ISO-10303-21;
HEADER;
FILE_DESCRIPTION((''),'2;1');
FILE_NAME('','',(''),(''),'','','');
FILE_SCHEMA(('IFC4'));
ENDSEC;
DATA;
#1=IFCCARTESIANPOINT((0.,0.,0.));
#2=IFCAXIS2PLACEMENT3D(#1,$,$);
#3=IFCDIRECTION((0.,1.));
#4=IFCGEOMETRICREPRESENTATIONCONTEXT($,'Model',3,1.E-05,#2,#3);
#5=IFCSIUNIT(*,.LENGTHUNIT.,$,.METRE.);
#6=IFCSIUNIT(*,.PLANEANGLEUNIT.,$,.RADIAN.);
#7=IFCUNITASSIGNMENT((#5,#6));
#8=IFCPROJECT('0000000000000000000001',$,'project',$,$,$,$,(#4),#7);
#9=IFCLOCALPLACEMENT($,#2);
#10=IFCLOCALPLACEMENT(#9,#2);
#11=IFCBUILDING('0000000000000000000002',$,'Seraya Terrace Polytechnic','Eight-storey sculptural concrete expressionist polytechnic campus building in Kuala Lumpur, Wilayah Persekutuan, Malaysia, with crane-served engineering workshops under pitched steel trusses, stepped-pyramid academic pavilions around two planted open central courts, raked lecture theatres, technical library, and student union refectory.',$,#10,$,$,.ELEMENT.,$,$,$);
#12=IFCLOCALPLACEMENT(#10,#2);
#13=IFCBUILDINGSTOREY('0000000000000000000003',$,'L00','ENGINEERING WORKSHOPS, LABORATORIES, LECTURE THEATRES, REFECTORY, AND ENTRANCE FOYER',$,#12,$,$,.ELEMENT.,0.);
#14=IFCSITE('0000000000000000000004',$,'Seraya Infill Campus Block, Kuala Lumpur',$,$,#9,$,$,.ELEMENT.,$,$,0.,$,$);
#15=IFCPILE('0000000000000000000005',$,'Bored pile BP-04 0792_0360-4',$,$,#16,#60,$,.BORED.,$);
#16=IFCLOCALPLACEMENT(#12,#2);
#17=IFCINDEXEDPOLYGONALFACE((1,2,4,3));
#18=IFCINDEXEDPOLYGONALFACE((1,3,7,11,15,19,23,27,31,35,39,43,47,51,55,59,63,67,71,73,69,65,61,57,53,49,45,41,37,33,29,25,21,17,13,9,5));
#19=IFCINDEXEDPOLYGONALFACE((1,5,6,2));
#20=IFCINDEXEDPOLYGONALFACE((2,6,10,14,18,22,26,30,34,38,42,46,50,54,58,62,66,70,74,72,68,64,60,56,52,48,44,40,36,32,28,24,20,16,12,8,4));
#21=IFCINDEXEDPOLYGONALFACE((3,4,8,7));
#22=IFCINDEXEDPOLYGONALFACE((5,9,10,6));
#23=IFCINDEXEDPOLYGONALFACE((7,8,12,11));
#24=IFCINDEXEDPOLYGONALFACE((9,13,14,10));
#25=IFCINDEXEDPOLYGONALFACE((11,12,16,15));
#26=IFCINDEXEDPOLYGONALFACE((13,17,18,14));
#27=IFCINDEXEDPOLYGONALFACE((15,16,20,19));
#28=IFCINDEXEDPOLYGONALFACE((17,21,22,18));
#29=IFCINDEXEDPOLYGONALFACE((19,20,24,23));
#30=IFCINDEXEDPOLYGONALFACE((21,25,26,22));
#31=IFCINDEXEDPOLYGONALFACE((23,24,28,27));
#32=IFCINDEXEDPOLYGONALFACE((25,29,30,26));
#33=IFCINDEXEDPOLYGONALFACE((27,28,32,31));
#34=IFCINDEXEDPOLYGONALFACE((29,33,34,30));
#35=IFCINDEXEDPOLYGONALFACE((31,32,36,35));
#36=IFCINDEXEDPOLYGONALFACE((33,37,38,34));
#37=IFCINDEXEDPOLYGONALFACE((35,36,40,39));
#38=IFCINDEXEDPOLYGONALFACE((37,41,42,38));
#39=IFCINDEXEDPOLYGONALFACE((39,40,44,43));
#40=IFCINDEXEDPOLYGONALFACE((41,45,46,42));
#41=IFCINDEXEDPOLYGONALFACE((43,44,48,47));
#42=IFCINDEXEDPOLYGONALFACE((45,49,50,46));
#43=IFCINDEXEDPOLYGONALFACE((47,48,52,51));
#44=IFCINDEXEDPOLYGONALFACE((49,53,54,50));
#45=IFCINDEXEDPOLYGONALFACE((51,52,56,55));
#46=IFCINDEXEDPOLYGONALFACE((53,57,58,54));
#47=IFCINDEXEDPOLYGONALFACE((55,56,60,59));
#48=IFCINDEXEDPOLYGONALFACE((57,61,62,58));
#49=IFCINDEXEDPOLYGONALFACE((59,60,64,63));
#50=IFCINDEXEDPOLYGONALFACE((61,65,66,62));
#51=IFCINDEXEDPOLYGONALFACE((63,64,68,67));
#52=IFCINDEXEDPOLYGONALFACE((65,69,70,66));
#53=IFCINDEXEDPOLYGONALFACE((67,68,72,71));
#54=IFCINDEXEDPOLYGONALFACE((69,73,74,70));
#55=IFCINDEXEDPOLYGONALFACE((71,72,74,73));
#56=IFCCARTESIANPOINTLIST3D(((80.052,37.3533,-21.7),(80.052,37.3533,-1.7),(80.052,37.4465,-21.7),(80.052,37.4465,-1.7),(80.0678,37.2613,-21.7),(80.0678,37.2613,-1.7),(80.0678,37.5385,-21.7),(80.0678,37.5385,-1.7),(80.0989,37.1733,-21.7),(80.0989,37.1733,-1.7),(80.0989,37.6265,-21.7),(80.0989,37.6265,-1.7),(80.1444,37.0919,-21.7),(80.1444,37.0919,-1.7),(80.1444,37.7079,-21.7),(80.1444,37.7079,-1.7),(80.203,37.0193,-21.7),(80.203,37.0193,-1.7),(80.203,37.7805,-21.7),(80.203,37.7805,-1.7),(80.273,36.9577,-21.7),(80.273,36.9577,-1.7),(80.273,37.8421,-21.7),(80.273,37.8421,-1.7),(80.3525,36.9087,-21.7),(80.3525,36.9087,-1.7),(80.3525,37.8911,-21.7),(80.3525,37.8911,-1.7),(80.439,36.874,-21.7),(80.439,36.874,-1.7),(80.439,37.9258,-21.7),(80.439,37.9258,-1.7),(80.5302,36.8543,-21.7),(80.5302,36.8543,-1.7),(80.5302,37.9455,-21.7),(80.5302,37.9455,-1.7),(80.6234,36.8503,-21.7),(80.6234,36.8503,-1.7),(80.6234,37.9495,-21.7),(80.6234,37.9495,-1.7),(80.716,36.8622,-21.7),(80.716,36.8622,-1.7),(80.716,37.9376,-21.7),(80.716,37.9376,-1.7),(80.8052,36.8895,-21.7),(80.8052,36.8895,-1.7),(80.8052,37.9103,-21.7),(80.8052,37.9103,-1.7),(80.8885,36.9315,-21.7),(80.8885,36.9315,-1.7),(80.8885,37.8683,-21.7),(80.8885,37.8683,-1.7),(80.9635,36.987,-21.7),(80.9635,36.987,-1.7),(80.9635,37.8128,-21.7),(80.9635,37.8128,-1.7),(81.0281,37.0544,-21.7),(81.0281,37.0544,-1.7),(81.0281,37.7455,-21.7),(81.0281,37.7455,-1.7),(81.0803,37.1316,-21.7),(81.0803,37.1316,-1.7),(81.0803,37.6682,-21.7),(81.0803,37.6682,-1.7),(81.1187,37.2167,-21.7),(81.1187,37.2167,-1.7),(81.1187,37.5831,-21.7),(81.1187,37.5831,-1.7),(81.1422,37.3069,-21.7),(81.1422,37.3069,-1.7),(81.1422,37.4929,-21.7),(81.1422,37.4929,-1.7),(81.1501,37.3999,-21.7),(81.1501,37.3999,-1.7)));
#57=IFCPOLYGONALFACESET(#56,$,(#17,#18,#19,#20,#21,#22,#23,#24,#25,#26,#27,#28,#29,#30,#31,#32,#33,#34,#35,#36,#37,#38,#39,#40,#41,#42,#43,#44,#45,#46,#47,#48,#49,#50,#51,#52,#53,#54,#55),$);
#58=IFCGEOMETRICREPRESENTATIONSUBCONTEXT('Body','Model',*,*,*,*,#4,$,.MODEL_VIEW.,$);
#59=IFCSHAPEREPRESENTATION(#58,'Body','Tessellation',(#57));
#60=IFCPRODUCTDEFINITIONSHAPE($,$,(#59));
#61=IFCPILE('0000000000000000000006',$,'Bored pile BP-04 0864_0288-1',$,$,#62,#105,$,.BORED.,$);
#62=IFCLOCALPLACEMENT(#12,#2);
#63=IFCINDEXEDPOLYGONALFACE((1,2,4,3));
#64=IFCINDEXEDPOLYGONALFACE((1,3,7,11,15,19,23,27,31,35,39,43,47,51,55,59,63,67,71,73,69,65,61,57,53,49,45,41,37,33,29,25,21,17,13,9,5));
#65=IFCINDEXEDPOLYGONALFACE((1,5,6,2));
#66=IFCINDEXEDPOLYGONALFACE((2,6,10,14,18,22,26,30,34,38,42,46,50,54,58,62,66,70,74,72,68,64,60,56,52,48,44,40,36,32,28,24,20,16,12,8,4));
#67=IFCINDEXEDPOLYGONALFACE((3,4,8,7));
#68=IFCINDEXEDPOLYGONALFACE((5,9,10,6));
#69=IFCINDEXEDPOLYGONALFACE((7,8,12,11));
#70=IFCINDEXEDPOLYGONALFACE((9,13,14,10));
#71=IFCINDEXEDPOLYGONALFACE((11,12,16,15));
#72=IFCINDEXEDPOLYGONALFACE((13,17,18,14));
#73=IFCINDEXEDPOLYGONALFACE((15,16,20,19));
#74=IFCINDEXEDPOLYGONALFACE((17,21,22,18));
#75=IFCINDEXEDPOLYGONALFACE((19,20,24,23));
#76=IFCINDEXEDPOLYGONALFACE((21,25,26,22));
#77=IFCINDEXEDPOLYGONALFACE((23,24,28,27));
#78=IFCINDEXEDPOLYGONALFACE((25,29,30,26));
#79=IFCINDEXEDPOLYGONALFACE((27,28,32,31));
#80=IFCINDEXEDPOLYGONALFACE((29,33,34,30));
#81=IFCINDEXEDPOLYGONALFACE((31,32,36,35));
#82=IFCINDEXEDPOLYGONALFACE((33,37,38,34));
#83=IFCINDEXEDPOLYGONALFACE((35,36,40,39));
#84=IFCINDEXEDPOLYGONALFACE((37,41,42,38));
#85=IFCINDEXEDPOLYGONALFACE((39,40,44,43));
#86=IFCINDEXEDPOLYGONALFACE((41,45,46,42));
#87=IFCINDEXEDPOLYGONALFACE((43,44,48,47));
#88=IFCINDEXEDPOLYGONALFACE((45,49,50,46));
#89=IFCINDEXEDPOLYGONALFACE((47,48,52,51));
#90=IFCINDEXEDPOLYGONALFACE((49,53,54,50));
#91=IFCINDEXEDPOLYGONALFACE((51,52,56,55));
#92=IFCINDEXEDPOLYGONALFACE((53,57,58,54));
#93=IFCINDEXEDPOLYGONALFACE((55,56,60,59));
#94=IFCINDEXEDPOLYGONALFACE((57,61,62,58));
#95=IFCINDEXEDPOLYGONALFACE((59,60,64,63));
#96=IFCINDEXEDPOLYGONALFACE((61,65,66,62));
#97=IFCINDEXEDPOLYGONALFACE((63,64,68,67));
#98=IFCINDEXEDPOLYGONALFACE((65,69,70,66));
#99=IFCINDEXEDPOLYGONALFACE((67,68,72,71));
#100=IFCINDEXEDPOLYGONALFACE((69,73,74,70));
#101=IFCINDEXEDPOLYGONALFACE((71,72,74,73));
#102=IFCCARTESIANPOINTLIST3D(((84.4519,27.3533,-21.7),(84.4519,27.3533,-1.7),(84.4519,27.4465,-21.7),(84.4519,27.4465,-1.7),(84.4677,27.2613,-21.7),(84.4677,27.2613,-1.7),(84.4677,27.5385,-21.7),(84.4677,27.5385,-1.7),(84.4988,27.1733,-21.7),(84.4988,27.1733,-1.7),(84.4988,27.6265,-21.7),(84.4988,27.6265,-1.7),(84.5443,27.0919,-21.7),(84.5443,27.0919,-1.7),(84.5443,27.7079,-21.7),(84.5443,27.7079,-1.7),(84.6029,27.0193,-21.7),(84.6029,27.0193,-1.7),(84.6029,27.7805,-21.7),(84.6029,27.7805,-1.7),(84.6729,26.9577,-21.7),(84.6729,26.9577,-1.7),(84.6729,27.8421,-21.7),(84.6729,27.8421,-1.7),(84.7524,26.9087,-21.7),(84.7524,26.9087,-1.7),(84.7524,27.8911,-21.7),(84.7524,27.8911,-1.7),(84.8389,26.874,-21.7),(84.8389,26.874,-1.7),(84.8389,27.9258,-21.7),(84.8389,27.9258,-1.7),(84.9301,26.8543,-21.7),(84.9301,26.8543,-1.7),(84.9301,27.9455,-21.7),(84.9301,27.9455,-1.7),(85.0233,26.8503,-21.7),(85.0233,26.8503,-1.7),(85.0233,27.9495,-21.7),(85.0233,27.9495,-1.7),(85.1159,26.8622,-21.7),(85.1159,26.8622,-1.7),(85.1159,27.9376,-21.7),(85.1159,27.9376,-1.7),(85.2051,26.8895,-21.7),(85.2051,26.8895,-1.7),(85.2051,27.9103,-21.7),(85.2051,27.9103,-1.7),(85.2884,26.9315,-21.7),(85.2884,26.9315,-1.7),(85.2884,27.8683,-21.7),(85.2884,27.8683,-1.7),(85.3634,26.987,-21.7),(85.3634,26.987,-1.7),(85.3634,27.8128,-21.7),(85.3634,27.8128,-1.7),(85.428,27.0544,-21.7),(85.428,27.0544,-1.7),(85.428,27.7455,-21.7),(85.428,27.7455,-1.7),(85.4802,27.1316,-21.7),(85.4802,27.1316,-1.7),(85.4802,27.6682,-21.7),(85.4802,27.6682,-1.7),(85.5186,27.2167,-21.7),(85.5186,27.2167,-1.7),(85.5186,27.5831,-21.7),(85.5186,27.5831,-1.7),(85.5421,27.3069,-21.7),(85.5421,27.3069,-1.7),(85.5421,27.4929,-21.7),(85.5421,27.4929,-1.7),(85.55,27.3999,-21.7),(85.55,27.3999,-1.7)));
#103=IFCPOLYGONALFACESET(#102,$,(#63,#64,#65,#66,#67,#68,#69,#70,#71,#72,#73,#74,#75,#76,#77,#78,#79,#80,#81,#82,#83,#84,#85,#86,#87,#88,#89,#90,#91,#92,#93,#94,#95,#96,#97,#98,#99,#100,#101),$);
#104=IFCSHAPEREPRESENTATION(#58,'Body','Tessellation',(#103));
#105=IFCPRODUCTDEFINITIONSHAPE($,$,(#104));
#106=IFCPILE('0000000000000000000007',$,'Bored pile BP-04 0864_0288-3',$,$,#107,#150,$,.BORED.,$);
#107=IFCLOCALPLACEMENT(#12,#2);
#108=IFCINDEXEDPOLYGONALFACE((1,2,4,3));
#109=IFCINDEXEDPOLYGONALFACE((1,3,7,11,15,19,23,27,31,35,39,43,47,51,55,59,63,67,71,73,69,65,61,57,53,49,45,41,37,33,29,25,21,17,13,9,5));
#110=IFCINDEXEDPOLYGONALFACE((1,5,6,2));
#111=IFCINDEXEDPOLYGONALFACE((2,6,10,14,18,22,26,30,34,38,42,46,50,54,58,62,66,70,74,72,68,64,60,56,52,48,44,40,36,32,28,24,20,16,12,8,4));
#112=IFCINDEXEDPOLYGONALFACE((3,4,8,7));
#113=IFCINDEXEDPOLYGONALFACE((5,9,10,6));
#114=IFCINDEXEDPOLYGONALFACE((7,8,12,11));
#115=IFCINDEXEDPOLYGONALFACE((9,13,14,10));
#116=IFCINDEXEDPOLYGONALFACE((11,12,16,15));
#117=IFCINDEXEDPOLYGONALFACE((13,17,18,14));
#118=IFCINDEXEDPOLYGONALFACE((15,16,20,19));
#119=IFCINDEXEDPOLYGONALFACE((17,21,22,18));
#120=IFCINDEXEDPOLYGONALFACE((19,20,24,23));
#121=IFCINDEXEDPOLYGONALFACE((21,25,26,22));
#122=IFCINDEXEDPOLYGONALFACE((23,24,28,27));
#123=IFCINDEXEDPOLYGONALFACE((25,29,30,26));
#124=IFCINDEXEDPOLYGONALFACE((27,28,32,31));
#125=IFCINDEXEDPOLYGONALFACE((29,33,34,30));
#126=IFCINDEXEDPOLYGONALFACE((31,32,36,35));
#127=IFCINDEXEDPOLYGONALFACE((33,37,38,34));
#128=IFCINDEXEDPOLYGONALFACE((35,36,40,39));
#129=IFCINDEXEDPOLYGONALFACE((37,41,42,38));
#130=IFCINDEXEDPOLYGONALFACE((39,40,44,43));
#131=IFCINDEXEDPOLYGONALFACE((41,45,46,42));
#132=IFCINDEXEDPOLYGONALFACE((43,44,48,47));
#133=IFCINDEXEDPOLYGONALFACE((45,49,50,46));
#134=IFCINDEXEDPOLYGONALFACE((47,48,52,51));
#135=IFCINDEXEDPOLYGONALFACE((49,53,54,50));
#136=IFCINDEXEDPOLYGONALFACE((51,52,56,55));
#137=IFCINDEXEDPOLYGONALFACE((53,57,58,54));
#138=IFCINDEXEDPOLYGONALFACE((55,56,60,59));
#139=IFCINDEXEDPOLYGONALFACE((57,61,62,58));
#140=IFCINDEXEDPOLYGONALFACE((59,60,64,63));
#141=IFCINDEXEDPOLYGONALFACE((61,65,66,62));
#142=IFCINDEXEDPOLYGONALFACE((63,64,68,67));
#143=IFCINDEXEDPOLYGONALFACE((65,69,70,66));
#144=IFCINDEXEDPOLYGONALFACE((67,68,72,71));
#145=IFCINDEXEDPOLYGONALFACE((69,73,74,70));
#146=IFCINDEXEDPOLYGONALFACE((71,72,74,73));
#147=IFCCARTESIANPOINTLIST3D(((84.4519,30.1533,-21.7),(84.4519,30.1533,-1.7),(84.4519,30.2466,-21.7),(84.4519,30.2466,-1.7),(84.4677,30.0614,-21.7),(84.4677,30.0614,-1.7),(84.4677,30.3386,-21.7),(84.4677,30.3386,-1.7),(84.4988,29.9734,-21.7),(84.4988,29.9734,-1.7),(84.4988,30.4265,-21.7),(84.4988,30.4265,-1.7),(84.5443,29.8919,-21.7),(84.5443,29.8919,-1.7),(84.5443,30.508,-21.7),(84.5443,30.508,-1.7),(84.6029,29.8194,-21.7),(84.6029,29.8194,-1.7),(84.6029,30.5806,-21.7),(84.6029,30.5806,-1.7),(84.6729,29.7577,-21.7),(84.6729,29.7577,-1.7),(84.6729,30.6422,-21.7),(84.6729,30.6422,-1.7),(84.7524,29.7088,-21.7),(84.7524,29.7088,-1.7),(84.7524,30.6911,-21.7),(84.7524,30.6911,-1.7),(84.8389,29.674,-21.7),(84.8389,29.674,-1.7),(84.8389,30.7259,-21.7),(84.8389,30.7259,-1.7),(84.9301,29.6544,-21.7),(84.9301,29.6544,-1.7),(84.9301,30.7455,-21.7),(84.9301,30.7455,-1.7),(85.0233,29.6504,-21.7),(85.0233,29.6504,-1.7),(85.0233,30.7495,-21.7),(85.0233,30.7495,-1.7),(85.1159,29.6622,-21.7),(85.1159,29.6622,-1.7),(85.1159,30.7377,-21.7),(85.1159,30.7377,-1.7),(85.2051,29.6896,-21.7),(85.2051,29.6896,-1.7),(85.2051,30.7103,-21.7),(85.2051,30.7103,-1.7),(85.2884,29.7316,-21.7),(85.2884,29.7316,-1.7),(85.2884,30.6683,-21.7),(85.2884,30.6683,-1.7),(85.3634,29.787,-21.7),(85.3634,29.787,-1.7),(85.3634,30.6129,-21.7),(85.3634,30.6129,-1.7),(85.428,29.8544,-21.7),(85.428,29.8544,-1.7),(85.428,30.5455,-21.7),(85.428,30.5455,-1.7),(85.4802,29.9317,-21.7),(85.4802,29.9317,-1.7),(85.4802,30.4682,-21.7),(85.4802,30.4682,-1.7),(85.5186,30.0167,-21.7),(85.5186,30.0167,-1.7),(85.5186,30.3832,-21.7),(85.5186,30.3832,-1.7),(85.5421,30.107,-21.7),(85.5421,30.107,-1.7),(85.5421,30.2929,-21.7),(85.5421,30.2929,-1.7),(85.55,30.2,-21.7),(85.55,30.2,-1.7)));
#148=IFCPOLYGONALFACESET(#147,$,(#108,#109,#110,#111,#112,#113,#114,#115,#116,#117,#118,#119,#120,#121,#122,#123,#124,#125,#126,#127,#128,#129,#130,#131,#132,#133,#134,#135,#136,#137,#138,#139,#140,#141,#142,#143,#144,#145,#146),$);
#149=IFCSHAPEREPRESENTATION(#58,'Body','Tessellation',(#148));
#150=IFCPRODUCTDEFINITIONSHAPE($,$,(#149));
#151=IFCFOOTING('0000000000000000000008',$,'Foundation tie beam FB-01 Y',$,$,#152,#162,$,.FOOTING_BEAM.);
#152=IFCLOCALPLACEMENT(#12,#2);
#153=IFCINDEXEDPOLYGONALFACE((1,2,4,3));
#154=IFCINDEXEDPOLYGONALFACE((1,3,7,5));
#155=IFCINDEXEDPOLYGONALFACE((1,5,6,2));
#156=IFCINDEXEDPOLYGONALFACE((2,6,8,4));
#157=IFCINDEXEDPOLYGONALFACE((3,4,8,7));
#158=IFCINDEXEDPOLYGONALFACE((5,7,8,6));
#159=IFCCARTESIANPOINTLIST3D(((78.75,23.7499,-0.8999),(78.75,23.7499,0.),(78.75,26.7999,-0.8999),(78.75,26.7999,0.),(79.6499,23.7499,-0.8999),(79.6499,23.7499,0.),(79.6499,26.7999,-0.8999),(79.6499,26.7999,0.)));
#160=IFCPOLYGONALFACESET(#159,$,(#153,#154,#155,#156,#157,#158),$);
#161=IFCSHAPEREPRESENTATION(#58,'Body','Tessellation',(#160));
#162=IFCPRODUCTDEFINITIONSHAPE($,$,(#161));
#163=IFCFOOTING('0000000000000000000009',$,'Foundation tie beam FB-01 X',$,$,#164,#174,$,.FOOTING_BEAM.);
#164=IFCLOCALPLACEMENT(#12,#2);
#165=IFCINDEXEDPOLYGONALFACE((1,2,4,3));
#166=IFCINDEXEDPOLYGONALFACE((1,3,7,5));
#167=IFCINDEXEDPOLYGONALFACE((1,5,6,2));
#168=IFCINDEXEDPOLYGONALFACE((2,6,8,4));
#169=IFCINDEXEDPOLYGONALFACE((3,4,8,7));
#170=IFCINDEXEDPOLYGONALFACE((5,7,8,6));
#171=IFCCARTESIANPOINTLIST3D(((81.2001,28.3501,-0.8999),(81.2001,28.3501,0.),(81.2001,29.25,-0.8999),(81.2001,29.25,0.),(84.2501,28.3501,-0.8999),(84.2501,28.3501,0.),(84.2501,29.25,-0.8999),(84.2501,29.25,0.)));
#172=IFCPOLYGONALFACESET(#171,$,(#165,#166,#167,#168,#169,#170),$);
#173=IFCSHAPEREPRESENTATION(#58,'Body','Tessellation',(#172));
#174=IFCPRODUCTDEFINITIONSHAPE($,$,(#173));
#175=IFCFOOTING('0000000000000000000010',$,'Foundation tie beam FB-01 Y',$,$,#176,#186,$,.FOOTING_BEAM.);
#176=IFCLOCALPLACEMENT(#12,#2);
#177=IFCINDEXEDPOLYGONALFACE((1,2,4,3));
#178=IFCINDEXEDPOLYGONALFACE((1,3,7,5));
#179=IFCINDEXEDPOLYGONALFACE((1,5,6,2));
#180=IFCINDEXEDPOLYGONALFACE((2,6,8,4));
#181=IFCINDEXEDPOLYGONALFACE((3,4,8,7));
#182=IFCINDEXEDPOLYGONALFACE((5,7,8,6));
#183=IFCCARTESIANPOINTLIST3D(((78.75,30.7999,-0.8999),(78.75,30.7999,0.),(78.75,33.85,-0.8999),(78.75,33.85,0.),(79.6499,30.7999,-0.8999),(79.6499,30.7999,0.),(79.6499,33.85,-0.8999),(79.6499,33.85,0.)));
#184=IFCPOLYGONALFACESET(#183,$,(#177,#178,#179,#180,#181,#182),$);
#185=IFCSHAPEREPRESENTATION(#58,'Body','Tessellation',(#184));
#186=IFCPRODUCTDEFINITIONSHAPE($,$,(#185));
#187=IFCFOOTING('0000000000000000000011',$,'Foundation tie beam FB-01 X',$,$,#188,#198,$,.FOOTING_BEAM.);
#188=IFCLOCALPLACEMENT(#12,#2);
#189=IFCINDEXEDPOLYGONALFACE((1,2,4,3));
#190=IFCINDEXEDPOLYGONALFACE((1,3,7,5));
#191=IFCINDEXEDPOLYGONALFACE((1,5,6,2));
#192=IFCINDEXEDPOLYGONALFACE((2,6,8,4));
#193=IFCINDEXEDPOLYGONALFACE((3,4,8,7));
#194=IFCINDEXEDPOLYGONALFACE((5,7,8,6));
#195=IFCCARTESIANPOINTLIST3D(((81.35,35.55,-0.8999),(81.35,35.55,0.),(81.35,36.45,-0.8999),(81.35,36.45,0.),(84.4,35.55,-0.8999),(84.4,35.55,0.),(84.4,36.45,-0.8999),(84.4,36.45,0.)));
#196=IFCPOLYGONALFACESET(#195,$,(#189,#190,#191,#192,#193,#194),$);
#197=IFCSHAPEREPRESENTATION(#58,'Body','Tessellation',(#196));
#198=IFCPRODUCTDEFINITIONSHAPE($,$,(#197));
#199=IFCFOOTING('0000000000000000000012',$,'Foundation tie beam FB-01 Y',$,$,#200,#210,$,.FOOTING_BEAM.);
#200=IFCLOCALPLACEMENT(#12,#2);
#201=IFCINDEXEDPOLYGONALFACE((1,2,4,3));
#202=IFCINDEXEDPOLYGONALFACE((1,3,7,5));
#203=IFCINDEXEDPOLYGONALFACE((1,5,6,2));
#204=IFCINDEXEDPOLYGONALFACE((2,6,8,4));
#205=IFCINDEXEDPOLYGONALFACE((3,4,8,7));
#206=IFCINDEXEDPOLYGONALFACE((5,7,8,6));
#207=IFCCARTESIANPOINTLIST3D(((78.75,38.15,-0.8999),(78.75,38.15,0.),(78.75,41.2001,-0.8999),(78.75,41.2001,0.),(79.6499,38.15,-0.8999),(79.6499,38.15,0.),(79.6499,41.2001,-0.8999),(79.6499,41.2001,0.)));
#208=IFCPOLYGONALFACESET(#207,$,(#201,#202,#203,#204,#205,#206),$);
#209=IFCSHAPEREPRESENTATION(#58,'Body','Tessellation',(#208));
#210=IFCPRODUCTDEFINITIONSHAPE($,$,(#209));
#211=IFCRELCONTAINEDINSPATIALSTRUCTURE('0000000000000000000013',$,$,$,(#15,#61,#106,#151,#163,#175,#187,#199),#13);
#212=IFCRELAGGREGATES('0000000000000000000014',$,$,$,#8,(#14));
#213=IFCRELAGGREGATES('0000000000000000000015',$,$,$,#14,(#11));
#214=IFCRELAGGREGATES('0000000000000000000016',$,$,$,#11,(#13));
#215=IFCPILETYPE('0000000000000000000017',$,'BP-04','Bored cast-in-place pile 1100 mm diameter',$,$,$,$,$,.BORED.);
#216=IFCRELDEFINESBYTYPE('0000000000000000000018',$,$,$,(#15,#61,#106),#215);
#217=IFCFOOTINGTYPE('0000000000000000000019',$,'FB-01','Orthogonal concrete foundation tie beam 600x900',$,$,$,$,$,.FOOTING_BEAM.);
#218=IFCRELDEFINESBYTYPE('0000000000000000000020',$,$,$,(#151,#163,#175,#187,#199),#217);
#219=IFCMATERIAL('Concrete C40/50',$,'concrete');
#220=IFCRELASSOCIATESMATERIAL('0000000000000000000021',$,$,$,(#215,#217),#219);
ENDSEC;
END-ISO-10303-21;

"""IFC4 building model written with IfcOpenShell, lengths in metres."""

from ifc_helpers import new_model, si_unit, direction, frame, origin, origin_2d, place, context, subcontext, project, spatial, rectangle, circle, extrude, material, material_profile, profile_set, type_object, element, save


model = new_model("IFC4")

# Units and contexts
model_context = context("Model", 3, precision=1e-05, world=origin(), true_north=direction((0.0, 1.0)))
body_context = subcontext(model_context, "Body", "Model", "MODEL_VIEW")
ifc_project = project(units=[si_unit("LENGTHUNIT", "METRE"), si_unit("PLANEANGLEUNIT", "RADIAN")], contexts=[model_context])

# Site, building, storey
site_placement = place(None, origin())
site = spatial("IfcSite", under=ifc_project, at=site_placement, Name="Seraya Infill Campus Block, Kuala Lumpur", CompositionType="ELEMENT", RefElevation=0.0)
building_placement = place(site_placement, origin())
building = spatial("IfcBuilding", under=site, at=building_placement, Name="Seraya Terrace Polytechnic", Description="Eight-storey sculptural concrete expressionist polytechnic campus building in Kuala Lumpur, Wilayah Persekutuan, Malaysia, with crane-served engineering workshops under pitched steel trusses, stepped-pyramid academic pavilions around two planted open central courts, raked lecture theatres, technical library, and student union refectory.", CompositionType="ELEMENT")
storey_placement = place(building_placement, origin())
storey = spatial("IfcBuildingStorey", under=building, at=storey_placement, Name="L00", Description="ENGINEERING WORKSHOPS, LABORATORIES, LECTURE THEATRES, REFECTORY, AND ENTRANCE FOYER", CompositionType="ELEMENT", Elevation=0.0)

# Piles
ifc_material_1 = material(Name="Concrete C40/50", Category="concrete")
ifc_material_profile_1 = material_profile(ifc_material_1, circle(Radius=0.55, at=origin_2d()), Name="DIA 1100")
ifc_profile_set_1 = profile_set([ifc_material_profile_1], Name="Concrete C40/50")
pile_type_1 = type_object("IfcPileType", Name="BP-04", Description="Bored cast-in-place pile 1100 mm diameter", PredefinedType="BORED", material=ifc_profile_set_1)
for number, where, z_axis, x_axis, name in (
    (1, (80.6001, 37.3999, -1.7), (0.0, 0.0, -1.0), (1.0, 0.0, 0.0), "Bored pile BP-04 0792_0360-4"),
    (2, (85.0, 27.3999, -1.7), (0.0, 0.0, -1.0), (1.0, 0.0, 0.0), "Bored pile BP-04 0864_0288-1"),
    (3, (85.0, 30.2, -1.7), (0.0, 0.0, -1.0), (1.0, 0.0, 0.0), "Bored pile BP-04 0864_0288-3"),
):
    element("IfcPile", number, at=place(storey_placement, frame(where, z_axis=z_axis, x_axis=x_axis)), inside=storey, type_object=pile_type_1, Name=name, PredefinedType="BORED", context=body_context, shape_type="SweptSolid", body=[
        extrude(circle(Radius=0.55, at=origin_2d()), origin(), (0.0, 0.0, 1.0), 20.0),
    ])

# Footings
footing_type_1 = type_object("IfcFootingType", Name="FB-01", Description="Orthogonal concrete foundation tie beam 600x900", PredefinedType="FOOTING_BEAM", material=ifc_material_1)
for number, where, z_axis, x_axis, name in (
    (4, (79.2, 25.2749, -0.8999), (0.0, 0.0, 1.0), (0.0, 1.0, 0.0), "Foundation tie beam FB-01 Y"),
    (5, (82.7251, 28.8, -0.8999), (0.0, 0.0, 1.0), (1.0, 0.0, 0.0), "Foundation tie beam FB-01 X"),
    (6, (79.2, 32.325, -0.8999), (0.0, 0.0, 1.0), (0.0, 1.0, 0.0), "Foundation tie beam FB-01 Y"),
    (7, (82.875, 36.0, -0.8999), (0.0, 0.0, 1.0), (1.0, 0.0, 0.0), "Foundation tie beam FB-01 X"),
    (8, (79.2, 39.675, -0.8999), (0.0, 0.0, 1.0), (0.0, 1.0, 0.0), "Foundation tie beam FB-01 Y"),
):
    element("IfcFooting", number, at=place(storey_placement, frame(where, z_axis=z_axis, x_axis=x_axis)), inside=storey, type_object=footing_type_1, Name=name, PredefinedType="FOOTING_BEAM", context=body_context, shape_type="SweptSolid", body=[
        extrude(rectangle(XDim=3.05, YDim=0.8999, at=origin_2d()), origin(), (0.0, 0.0, 1.0), 0.8999),
    ])

save(model, "model.ifc")
